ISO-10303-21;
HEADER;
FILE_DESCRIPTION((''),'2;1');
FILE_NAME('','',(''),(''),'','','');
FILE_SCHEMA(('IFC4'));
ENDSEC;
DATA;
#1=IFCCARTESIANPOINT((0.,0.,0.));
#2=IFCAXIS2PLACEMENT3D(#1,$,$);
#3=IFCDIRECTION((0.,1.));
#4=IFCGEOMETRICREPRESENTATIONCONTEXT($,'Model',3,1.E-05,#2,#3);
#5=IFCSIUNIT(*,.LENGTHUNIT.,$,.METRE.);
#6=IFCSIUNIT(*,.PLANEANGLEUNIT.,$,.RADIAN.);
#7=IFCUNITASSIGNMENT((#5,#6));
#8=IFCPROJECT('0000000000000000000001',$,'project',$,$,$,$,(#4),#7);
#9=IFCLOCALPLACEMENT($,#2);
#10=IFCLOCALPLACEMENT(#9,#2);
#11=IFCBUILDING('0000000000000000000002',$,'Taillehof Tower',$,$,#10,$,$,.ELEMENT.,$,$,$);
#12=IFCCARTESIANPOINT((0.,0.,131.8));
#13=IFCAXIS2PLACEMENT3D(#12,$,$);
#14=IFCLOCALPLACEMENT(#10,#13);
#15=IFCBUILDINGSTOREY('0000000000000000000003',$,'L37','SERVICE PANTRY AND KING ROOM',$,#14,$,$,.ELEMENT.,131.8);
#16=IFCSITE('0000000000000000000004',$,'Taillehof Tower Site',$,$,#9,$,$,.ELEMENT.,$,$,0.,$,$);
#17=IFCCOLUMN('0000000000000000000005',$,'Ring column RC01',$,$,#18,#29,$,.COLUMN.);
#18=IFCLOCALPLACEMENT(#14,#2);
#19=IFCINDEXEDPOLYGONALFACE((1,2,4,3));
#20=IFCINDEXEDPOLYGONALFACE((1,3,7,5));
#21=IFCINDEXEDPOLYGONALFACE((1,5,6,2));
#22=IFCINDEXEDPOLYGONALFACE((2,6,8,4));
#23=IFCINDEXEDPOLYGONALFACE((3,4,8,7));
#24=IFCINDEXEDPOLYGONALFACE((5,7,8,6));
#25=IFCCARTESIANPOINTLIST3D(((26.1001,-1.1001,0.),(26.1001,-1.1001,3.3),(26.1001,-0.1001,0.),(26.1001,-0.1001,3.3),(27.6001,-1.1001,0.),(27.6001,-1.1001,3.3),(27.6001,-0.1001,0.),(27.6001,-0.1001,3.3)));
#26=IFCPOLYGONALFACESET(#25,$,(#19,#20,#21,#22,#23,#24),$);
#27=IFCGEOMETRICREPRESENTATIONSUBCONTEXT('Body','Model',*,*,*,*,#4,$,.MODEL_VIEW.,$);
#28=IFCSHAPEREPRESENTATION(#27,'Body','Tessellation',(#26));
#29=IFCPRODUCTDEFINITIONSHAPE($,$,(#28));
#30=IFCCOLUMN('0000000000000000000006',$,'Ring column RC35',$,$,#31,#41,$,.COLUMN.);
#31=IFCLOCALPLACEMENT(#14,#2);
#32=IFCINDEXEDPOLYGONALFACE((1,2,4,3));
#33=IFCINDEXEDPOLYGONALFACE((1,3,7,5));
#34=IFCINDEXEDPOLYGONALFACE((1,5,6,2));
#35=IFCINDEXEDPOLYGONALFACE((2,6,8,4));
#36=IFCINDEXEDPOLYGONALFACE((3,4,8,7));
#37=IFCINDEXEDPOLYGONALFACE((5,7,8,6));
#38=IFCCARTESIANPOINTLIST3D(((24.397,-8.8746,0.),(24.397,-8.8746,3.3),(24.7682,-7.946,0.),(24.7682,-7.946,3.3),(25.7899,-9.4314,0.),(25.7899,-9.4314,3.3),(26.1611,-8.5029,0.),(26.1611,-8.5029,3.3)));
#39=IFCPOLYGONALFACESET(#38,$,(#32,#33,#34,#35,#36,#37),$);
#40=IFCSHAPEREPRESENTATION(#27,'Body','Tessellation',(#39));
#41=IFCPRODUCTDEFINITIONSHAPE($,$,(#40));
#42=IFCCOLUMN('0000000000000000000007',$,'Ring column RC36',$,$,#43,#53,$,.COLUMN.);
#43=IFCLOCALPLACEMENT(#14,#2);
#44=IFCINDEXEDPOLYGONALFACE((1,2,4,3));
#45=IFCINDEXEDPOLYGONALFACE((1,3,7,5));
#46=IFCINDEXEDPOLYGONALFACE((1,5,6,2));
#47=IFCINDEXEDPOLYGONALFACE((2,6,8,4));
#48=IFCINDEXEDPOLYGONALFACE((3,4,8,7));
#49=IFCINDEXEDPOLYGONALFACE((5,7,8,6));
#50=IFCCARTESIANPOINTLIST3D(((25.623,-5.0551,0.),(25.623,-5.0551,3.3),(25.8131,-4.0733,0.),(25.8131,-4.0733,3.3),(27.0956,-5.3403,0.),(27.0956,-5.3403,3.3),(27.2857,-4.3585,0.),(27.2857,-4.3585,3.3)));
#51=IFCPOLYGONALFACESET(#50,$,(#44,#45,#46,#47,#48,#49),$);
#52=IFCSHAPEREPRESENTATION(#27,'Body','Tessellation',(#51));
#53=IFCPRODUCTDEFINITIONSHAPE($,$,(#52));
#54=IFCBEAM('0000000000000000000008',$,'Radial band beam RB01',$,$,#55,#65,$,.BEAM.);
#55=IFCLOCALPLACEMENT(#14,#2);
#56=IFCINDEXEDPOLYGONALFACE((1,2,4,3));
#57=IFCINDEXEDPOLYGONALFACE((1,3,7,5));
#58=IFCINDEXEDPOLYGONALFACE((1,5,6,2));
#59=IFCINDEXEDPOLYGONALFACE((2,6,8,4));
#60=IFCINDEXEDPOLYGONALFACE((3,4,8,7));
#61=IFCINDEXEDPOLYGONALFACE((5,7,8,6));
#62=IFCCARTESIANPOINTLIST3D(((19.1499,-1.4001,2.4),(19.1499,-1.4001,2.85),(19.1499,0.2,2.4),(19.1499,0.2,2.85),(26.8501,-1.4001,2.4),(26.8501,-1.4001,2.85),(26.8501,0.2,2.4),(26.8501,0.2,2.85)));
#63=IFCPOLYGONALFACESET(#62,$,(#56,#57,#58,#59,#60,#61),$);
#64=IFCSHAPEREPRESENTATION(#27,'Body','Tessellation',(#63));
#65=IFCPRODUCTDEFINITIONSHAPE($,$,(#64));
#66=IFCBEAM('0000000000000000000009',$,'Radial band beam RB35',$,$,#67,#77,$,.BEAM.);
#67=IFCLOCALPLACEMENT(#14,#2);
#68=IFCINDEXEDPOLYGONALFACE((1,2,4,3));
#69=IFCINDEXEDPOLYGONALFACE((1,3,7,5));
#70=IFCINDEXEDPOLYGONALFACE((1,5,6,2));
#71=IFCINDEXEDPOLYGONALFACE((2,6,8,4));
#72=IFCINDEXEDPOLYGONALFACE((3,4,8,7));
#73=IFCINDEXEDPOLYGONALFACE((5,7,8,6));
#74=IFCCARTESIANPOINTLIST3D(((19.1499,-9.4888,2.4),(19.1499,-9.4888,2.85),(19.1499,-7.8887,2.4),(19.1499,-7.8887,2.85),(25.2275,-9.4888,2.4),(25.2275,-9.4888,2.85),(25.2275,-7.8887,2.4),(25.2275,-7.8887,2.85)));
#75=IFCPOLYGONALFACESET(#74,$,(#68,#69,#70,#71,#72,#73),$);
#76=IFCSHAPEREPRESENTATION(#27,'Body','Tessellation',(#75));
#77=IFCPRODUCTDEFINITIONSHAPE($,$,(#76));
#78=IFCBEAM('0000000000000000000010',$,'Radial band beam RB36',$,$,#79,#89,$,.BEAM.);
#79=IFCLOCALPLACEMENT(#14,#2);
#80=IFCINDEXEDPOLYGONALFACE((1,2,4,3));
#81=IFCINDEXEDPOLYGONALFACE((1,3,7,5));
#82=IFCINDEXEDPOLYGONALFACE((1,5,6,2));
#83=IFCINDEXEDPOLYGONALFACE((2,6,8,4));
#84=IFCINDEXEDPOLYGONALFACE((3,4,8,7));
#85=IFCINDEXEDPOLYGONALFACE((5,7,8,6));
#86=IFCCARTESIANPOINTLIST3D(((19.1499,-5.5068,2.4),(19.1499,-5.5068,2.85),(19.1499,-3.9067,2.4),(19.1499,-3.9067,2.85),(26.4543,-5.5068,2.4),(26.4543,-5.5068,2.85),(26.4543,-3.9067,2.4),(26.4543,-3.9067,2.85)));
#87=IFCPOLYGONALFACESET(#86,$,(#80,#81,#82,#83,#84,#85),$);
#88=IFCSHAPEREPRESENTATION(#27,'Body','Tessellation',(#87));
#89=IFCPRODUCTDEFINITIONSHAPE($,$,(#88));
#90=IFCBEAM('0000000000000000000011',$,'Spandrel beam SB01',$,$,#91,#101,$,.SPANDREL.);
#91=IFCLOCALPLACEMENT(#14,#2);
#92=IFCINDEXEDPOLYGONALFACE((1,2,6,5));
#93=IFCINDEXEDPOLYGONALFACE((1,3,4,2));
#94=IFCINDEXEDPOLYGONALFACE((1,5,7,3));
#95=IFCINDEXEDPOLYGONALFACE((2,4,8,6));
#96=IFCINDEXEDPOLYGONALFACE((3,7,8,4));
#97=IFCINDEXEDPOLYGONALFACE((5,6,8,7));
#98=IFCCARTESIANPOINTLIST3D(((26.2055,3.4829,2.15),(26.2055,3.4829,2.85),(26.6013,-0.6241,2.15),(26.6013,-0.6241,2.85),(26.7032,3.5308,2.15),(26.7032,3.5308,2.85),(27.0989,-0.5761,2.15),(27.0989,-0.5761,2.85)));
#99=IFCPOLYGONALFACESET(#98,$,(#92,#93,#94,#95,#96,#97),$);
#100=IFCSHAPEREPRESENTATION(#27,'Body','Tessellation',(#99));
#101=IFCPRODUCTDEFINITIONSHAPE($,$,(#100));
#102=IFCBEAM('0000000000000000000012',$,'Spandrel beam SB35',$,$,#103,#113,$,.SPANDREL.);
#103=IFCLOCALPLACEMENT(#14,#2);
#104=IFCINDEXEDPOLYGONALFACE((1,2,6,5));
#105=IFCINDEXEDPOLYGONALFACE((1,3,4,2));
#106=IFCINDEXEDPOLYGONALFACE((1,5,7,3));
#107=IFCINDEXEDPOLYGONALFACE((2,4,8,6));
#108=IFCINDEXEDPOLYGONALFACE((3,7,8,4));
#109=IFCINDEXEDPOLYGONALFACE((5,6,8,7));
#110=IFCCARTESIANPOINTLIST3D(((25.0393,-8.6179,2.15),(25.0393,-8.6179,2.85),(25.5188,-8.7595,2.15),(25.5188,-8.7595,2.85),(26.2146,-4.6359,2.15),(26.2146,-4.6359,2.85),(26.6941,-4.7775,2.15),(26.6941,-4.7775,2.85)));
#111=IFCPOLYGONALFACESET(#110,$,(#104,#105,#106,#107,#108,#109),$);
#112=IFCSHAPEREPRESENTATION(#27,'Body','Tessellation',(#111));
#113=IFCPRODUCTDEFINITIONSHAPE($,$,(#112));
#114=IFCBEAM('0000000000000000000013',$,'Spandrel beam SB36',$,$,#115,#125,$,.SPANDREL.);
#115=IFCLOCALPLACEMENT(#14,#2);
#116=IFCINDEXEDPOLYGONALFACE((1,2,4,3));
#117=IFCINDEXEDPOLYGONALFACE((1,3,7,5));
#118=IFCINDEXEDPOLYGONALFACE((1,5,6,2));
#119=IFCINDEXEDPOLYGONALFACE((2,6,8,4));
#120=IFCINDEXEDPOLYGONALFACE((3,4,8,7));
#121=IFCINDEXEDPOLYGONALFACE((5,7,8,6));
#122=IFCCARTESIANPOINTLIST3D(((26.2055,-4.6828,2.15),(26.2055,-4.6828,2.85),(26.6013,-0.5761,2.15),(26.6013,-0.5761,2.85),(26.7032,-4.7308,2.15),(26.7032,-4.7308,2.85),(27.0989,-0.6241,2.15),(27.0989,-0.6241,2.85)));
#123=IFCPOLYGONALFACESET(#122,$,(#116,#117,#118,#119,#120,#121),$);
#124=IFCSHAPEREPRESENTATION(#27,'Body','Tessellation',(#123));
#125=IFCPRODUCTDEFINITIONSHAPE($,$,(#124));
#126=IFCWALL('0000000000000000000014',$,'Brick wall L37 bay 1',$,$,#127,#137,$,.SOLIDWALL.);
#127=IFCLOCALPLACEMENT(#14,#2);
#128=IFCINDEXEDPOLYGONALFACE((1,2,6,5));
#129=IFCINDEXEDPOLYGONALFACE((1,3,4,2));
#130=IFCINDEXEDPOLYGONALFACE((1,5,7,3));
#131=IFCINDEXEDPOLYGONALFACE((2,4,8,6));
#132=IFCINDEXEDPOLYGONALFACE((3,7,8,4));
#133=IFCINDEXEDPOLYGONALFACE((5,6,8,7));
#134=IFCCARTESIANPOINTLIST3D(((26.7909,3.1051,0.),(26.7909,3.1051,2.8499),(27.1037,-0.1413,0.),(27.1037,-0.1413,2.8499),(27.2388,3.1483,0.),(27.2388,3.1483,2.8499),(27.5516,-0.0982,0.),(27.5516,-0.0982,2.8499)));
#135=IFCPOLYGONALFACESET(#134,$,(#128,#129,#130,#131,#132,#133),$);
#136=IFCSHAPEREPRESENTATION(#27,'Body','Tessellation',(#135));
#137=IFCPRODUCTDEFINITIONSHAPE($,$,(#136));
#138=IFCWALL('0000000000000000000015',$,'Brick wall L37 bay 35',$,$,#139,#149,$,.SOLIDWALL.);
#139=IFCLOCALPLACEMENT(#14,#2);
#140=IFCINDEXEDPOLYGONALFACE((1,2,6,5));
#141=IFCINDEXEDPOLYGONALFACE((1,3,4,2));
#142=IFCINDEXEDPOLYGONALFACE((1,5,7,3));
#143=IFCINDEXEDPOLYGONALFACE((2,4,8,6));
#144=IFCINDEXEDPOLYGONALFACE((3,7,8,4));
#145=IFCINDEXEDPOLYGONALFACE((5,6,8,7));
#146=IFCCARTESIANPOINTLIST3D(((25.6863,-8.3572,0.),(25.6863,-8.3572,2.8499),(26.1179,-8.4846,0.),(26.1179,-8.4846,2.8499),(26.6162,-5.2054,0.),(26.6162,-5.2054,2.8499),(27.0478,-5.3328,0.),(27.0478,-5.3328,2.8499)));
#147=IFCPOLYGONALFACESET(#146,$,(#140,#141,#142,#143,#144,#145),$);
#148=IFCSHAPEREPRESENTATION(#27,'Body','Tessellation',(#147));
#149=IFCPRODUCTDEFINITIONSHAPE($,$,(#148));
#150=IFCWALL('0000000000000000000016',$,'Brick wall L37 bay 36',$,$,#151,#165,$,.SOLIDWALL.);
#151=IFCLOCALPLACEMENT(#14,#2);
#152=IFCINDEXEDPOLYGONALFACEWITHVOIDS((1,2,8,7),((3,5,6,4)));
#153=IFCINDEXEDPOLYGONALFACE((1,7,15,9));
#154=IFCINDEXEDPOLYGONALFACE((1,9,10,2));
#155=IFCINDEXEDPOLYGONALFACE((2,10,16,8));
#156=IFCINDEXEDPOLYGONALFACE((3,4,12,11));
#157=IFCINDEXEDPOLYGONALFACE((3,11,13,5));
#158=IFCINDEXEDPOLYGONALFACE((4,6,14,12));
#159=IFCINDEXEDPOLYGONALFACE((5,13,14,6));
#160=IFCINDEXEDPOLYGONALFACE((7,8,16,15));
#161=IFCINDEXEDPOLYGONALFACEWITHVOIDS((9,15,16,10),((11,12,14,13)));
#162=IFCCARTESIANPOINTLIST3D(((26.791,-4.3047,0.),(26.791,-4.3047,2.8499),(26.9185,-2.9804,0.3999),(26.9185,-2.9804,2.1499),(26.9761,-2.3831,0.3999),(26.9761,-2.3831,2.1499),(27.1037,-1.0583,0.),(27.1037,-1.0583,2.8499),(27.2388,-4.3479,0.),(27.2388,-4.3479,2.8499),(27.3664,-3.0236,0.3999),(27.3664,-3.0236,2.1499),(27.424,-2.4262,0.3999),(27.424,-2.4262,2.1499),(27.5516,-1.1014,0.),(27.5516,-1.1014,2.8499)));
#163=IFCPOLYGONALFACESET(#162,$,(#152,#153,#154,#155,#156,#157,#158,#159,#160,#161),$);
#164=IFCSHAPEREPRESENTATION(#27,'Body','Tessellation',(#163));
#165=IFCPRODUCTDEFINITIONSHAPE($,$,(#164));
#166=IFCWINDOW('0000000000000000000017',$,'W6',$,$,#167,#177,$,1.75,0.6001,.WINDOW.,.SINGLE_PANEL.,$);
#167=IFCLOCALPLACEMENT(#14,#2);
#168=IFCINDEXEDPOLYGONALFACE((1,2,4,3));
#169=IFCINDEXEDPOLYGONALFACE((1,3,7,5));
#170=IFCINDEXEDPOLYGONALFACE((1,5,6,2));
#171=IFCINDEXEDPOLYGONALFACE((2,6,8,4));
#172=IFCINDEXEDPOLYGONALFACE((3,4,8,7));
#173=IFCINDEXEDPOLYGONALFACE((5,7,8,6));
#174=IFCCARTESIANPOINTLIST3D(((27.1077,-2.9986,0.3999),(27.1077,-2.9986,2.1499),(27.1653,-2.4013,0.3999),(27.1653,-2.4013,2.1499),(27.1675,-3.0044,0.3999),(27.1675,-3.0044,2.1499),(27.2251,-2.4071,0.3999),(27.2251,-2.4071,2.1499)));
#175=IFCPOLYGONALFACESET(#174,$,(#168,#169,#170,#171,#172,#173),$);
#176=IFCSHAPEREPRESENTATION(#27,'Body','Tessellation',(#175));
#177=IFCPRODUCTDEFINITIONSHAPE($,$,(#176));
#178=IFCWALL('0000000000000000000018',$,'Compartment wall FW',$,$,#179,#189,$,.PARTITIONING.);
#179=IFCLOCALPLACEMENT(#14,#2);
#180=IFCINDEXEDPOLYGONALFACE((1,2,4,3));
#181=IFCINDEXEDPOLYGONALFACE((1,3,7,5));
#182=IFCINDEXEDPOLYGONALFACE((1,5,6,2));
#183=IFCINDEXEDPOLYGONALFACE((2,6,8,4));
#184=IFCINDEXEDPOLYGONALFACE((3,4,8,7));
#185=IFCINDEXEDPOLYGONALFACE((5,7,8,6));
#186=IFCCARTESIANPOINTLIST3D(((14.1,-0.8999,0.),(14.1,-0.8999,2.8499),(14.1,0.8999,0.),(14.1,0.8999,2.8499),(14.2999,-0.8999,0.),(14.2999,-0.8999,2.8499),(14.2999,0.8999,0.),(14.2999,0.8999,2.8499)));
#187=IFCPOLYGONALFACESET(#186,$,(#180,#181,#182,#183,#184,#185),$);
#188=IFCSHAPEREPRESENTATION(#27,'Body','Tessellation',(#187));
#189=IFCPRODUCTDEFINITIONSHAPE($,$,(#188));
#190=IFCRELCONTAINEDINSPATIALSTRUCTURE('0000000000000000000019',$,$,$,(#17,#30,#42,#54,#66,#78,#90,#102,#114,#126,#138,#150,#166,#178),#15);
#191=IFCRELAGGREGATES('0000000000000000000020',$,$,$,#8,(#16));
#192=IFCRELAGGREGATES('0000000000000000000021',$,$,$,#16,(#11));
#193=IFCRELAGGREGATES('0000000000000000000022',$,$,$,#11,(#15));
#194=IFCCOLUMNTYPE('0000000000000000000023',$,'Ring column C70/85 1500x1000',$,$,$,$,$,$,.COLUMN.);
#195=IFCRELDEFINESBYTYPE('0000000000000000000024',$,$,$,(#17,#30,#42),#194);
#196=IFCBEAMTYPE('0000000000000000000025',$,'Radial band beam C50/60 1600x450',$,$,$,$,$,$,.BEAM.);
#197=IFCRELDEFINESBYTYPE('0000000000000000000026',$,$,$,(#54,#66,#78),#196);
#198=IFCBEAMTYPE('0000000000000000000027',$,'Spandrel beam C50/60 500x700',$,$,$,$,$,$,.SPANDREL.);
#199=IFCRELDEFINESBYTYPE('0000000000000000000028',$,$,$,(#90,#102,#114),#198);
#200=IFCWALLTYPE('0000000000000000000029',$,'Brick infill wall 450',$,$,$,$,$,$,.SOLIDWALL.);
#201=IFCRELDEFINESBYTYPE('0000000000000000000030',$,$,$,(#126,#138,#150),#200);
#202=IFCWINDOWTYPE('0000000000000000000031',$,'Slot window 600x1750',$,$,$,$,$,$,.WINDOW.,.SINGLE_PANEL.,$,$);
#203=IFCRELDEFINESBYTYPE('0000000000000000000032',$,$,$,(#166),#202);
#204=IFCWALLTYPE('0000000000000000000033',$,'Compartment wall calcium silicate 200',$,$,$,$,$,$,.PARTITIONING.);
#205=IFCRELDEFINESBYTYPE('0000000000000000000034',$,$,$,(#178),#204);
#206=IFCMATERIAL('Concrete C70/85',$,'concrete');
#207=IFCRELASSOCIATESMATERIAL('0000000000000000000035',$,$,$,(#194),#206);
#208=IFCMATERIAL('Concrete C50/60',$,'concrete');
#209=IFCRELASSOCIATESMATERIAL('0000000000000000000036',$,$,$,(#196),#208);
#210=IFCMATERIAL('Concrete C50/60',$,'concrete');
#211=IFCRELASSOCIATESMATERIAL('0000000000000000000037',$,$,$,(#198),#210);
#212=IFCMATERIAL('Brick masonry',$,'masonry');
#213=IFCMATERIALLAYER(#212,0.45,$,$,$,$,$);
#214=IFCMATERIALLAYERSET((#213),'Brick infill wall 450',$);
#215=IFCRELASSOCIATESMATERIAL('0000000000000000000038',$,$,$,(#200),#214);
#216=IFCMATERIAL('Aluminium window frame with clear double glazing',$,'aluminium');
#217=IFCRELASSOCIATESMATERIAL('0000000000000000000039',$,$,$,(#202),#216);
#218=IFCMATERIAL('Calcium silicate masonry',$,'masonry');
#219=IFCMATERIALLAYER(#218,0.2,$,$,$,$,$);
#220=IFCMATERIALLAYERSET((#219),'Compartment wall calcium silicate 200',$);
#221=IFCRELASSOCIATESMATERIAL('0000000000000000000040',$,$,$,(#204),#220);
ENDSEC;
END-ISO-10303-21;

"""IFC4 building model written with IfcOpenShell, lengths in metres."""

from ifc_helpers import new_model, si_unit, direction, frame, frame_2d, origin, origin_2d, place, context, subcontext, project, spatial, rectangle, extrude, material, layer, layer_set, material_profile, profile_set, type_object, element, fill, save


model = new_model("IFC4")

# Units and contexts
model_context = context("Model", 3, precision=1e-05, world=origin(), true_north=direction((0.0, 1.0)))
body_context = subcontext(model_context, "Body", "Model", "MODEL_VIEW")
ifc_project = project(units=[si_unit("LENGTHUNIT", "METRE"), si_unit("PLANEANGLEUNIT", "RADIAN")], contexts=[model_context])

# Site, building, storey
site_placement = place(None, origin())
site = spatial("IfcSite", under=ifc_project, at=site_placement, Name="Taillehof Tower Site", CompositionType="ELEMENT", RefElevation=0.0)
building_placement = place(site_placement, origin())
building = spatial("IfcBuilding", under=site, at=building_placement, Name="Taillehof Tower", CompositionType="ELEMENT")
storey_placement = place(building_placement, frame((0.0, 0.0, 131.8)))
storey = spatial("IfcBuildingStorey", under=building, at=storey_placement, Name="L37", Description="SERVICE PANTRY AND KING ROOM", CompositionType="ELEMENT", Elevation=131.8)

# Columns
ifc_material_1 = material(Name="Concrete C70/85", Category="concrete")
ifc_material_profile_1 = material_profile(ifc_material_1, rectangle(XDim=1.5, YDim=1.0, at=origin_2d()), Name="RC 1500x1000")
ifc_profile_set_1 = profile_set([ifc_material_profile_1], Name="Concrete C70/85")
column_type = type_object("IfcColumnType", Name="Ring column C70/85 1500x1000", PredefinedType="COLUMN", material=ifc_profile_set_1)
for number, where, z_axis, x_axis, name in (
    (1, (26.8501, -0.6001, 0.0), (0.0, 0.0, 1.0), (1.0, 0.0, 0.0), "Ring column RC01"),
    (2, (25.2791, -8.6887, 0.0), (0.0, 0.0, 1.0), (0.92855, -0.371207, 0.0), "Ring column RC35"),
    (3, (26.4543, -4.7068, 0.0), (0.0, 0.0, 1.0), (0.981757, -0.190138, 0.0), "Ring column RC36"),
):
    element("IfcColumn", number, at=place(storey_placement, frame(where, z_axis=z_axis, x_axis=x_axis)), inside=storey, type_object=column_type, Name=name, PredefinedType="COLUMN", context=body_context, shape_type="SweptSolid", body=[
        extrude(rectangle(XDim=1.5, YDim=1.0, at=origin_2d()), origin(), (0.0, 0.0, 1.0), 3.3),
    ])

# Beams
ifc_material_2 = material(Name="Concrete C50/60", Category="concrete")
ifc_material_profile_2 = material_profile(ifc_material_2, rectangle(XDim=1.6001, YDim=0.45, at=origin_2d()), Name="RC 1600x450")
ifc_profile_set_2 = profile_set([ifc_material_profile_2], Name="Concrete C50/60")
beam_type_1 = type_object("IfcBeamType", Name="Radial band beam C50/60 1600x450", PredefinedType="BEAM", material=ifc_profile_set_2)
beam_1_placement = place(storey_placement, frame((26.8501, -0.6001, 2.625), z_axis=(-1.0, 0.0, 0.0), x_axis=(0.0, -1.0, 0.0)))
element("IfcBeam", 4, at=beam_1_placement, inside=storey, type_object=beam_type_1, Name="Radial band beam RB01", PredefinedType="BEAM", context=body_context, shape_type="SweptSolid", body=[
    extrude(rectangle(XDim=1.6001, YDim=0.45, at=origin_2d()), origin(), (0.0, 0.0, 1.0), 7.7002),
])
beam_2_placement = place(storey_placement, frame((25.2275, -8.6887, 2.625), z_axis=(-1.0, 0.0, 0.0), x_axis=(0.0, -1.0, 0.0)))
element("IfcBeam", 5, at=beam_2_placement, inside=storey, type_object=beam_type_1, Name="Radial band beam RB35", PredefinedType="BEAM", context=body_context, shape_type="SweptSolid", body=[
    extrude(rectangle(XDim=1.6001, YDim=0.45, at=origin_2d()), origin(), (0.0, 0.0, 1.0), 6.0776),
])
beam_3_placement = place(storey_placement, frame((26.4543, -4.7068, 2.625), z_axis=(-1.0, 0.0, 0.0), x_axis=(0.0, -1.0, 0.0)))
element("IfcBeam", 6, at=beam_3_placement, inside=storey, type_object=beam_type_1, Name="Radial band beam RB36", PredefinedType="BEAM", context=body_context, shape_type="SweptSolid", body=[
    extrude(rectangle(XDim=1.6001, YDim=0.45, at=origin_2d()), origin(), (0.0, 0.0, 1.0), 7.3044),
])
ifc_material_3 = material(Name="Concrete C50/60", Category="concrete")
ifc_material_profile_3 = material_profile(ifc_material_3, rectangle(XDim=0.5, YDim=0.7, at=origin_2d()), Name="RC 500x700")
ifc_profile_set_3 = profile_set([ifc_material_profile_3], Name="Concrete C50/60")
beam_type_2 = type_object("IfcBeamType", Name="Spandrel beam C50/60 500x700", PredefinedType="SPANDREL", material=ifc_profile_set_3)
beam_4_placement = place(storey_placement, frame((26.8501, -0.6001, 2.5), z_axis=(-0.095918, 0.995389, 0.0), x_axis=(-0.995389, -0.095918, 0.0)))
element("IfcBeam", 7, at=beam_4_placement, inside=storey, type_object=beam_type_2, Name="Spandrel beam SB01", PredefinedType="SPANDREL", context=body_context, shape_type="SweptSolid", body=[
    extrude(rectangle(XDim=0.5, YDim=0.7, at=origin_2d()), origin(), (0.0, 0.0, 1.0), 4.126),
])
beam_5_placement = place(storey_placement, frame((25.2791, -8.6887, 2.5), z_axis=(0.283083, 0.959095, 0.0), x_axis=(-0.959095, 0.283083, 0.0)))
element("IfcBeam", 8, at=beam_5_placement, inside=storey, type_object=beam_type_2, Name="Spandrel beam SB35", PredefinedType="SPANDREL", context=body_context, shape_type="SweptSolid", body=[
    extrude(rectangle(XDim=0.5, YDim=0.7, at=origin_2d()), origin(), (0.0, 0.0, 1.0), 4.1519),
])
beam_6_placement = place(storey_placement, frame((26.4543, -4.7068, 2.5), z_axis=(0.095923, 0.995389, 0.0), x_axis=(-0.995389, 0.095923, 0.0)))
element("IfcBeam", 9, at=beam_6_placement, inside=storey, type_object=beam_type_2, Name="Spandrel beam SB36", PredefinedType="SPANDREL", context=body_context, shape_type="SweptSolid", body=[
    extrude(rectangle(XDim=0.5, YDim=0.7, at=origin_2d()), origin(), (0.0, 0.0, 1.0), 4.1257),
])

# Walls
ifc_material_4 = material(Name="Brick masonry", Category="masonry")
ifc_layer_1 = layer(ifc_material_4, 0.45)
ifc_layer_set_1 = layer_set([ifc_layer_1], Name="Brick infill wall 450")
wall_type_1 = type_object("IfcWallType", Name="Brick infill wall 450", PredefinedType="SOLIDWALL", material=ifc_layer_set_1)
wall_1_placement = place(storey_placement, frame((27.3276, -0.1199, 0.0), z_axis=(0.0, 0.0, 1.0), x_axis=(-0.095894, 0.995392, 0.0)))
element("IfcWall", 10, at=wall_1_placement, inside=storey, type_object=wall_type_1, Name="Brick wall L37 bay 1", PredefinedType="SOLIDWALL", context=body_context, shape_type="SweptSolid", body=[
    extrude(rectangle(XDim=3.2615, YDim=0.45, at=frame_2d((1.6309, 0.0))), origin(), (0.0, 0.0, 1.0), 2.8499),
])
wall_2_placement = place(storey_placement, frame((25.9021, -8.4209, 0.0), z_axis=(0.0, 0.0, 1.0), x_axis=(0.282983, 0.959125, 0.0)))
element("IfcWall", 11, at=wall_2_placement, inside=storey, type_object=wall_type_1, Name="Brick wall L37 bay 35", PredefinedType="SOLIDWALL", context=body_context, shape_type="SweptSolid", body=[
    extrude(rectangle(XDim=3.2861, YDim=0.45, at=frame_2d((1.6431, 0.0))), origin(), (0.0, 0.0, 1.0), 2.8499),
])

# Wall, opening, window
wall_3_placement = place(storey_placement, frame((27.0149, -4.3264, 0.0), z_axis=(0.0, 0.0, 1.0), x_axis=(0.095894, 0.995392, 0.0)))
wall_3 = element("IfcWall", 12, at=wall_3_placement, inside=storey, type_object=wall_type_1, Name="Brick wall L37 bay 36", PredefinedType="SOLIDWALL", context=body_context, shape_type="SweptSolid", body=[
    extrude(rectangle(XDim=3.2615, YDim=0.45, at=frame_2d((1.6309, 0.0))), origin(), (0.0, 0.0, 1.0), 2.8499),
])
opening_1_placement = place(wall_3_placement, frame((1.3306, 0.0, 0.3999)))
opening_1 = element("IfcOpeningElement", 13, at=opening_1_placement, cuts=wall_3, PredefinedType="OPENING", context=body_context, shape_type="SweptSolid", body=[
    extrude(rectangle(XDim=0.6001, YDim=1.75, at=frame_2d((0.3, 0.875))), frame((0.0, 0.2349, 0.0), z_axis=(0.0, -1.0, 0.0), x_axis=(1.0, 0.0, 0.0)), (0.0, 0.0, 1.0), 0.47),
])
ifc_material_5 = material(Name="Aluminium window frame with clear double glazing", Category="aluminium")
window_type = type_object("IfcWindowType", Name="Slot window 600x1750", PartitioningType="SINGLE_PANEL", PredefinedType="WINDOW", material=ifc_material_5)
window_placement = place(opening_1_placement, origin())
window = element("IfcWindow", 14, at=window_placement, inside=storey, type_object=window_type, Name="W6", OverallHeight=1.75, OverallWidth=0.6001, PartitioningType="SINGLE_PANEL", PredefinedType="WINDOW", context=body_context, shape_type="SweptSolid", body=[
    extrude(rectangle(XDim=0.6001, YDim=1.75, at=frame_2d((0.3, 0.875))), frame((0.0, 0.0349, 0.0), z_axis=(0.0, -1.0, 0.0), x_axis=(1.0, 0.0, 0.0)), (0.0, 0.0, 1.0), 0.0601),
])
fill(opening_1, window)

# Wall
ifc_material_6 = material(Name="Calcium silicate masonry", Category="masonry")
ifc_layer_2 = layer(ifc_material_6, 0.2)
ifc_layer_set_2 = layer_set([ifc_layer_2], Name="Compartment wall calcium silicate 200")
wall_type_2 = type_object("IfcWallType", Name="Compartment wall calcium silicate 200", PredefinedType="PARTITIONING", material=ifc_layer_set_2)
wall_4_placement = place(storey_placement, frame((14.2, -0.8999, 0.0), z_axis=(0.0, 0.0, 1.0), x_axis=(0.0, 1.0, 0.0)))
element("IfcWall", 15, at=wall_4_placement, inside=storey, type_object=wall_type_2, Name="Compartment wall FW", PredefinedType="PARTITIONING", context=body_context, shape_type="SweptSolid", body=[
    extrude(rectangle(XDim=1.7998, YDim=0.2, at=frame_2d((0.8999, 0.0))), origin(), (0.0, 0.0, 1.0), 2.8499),
])

save(model, "model.ifc")
